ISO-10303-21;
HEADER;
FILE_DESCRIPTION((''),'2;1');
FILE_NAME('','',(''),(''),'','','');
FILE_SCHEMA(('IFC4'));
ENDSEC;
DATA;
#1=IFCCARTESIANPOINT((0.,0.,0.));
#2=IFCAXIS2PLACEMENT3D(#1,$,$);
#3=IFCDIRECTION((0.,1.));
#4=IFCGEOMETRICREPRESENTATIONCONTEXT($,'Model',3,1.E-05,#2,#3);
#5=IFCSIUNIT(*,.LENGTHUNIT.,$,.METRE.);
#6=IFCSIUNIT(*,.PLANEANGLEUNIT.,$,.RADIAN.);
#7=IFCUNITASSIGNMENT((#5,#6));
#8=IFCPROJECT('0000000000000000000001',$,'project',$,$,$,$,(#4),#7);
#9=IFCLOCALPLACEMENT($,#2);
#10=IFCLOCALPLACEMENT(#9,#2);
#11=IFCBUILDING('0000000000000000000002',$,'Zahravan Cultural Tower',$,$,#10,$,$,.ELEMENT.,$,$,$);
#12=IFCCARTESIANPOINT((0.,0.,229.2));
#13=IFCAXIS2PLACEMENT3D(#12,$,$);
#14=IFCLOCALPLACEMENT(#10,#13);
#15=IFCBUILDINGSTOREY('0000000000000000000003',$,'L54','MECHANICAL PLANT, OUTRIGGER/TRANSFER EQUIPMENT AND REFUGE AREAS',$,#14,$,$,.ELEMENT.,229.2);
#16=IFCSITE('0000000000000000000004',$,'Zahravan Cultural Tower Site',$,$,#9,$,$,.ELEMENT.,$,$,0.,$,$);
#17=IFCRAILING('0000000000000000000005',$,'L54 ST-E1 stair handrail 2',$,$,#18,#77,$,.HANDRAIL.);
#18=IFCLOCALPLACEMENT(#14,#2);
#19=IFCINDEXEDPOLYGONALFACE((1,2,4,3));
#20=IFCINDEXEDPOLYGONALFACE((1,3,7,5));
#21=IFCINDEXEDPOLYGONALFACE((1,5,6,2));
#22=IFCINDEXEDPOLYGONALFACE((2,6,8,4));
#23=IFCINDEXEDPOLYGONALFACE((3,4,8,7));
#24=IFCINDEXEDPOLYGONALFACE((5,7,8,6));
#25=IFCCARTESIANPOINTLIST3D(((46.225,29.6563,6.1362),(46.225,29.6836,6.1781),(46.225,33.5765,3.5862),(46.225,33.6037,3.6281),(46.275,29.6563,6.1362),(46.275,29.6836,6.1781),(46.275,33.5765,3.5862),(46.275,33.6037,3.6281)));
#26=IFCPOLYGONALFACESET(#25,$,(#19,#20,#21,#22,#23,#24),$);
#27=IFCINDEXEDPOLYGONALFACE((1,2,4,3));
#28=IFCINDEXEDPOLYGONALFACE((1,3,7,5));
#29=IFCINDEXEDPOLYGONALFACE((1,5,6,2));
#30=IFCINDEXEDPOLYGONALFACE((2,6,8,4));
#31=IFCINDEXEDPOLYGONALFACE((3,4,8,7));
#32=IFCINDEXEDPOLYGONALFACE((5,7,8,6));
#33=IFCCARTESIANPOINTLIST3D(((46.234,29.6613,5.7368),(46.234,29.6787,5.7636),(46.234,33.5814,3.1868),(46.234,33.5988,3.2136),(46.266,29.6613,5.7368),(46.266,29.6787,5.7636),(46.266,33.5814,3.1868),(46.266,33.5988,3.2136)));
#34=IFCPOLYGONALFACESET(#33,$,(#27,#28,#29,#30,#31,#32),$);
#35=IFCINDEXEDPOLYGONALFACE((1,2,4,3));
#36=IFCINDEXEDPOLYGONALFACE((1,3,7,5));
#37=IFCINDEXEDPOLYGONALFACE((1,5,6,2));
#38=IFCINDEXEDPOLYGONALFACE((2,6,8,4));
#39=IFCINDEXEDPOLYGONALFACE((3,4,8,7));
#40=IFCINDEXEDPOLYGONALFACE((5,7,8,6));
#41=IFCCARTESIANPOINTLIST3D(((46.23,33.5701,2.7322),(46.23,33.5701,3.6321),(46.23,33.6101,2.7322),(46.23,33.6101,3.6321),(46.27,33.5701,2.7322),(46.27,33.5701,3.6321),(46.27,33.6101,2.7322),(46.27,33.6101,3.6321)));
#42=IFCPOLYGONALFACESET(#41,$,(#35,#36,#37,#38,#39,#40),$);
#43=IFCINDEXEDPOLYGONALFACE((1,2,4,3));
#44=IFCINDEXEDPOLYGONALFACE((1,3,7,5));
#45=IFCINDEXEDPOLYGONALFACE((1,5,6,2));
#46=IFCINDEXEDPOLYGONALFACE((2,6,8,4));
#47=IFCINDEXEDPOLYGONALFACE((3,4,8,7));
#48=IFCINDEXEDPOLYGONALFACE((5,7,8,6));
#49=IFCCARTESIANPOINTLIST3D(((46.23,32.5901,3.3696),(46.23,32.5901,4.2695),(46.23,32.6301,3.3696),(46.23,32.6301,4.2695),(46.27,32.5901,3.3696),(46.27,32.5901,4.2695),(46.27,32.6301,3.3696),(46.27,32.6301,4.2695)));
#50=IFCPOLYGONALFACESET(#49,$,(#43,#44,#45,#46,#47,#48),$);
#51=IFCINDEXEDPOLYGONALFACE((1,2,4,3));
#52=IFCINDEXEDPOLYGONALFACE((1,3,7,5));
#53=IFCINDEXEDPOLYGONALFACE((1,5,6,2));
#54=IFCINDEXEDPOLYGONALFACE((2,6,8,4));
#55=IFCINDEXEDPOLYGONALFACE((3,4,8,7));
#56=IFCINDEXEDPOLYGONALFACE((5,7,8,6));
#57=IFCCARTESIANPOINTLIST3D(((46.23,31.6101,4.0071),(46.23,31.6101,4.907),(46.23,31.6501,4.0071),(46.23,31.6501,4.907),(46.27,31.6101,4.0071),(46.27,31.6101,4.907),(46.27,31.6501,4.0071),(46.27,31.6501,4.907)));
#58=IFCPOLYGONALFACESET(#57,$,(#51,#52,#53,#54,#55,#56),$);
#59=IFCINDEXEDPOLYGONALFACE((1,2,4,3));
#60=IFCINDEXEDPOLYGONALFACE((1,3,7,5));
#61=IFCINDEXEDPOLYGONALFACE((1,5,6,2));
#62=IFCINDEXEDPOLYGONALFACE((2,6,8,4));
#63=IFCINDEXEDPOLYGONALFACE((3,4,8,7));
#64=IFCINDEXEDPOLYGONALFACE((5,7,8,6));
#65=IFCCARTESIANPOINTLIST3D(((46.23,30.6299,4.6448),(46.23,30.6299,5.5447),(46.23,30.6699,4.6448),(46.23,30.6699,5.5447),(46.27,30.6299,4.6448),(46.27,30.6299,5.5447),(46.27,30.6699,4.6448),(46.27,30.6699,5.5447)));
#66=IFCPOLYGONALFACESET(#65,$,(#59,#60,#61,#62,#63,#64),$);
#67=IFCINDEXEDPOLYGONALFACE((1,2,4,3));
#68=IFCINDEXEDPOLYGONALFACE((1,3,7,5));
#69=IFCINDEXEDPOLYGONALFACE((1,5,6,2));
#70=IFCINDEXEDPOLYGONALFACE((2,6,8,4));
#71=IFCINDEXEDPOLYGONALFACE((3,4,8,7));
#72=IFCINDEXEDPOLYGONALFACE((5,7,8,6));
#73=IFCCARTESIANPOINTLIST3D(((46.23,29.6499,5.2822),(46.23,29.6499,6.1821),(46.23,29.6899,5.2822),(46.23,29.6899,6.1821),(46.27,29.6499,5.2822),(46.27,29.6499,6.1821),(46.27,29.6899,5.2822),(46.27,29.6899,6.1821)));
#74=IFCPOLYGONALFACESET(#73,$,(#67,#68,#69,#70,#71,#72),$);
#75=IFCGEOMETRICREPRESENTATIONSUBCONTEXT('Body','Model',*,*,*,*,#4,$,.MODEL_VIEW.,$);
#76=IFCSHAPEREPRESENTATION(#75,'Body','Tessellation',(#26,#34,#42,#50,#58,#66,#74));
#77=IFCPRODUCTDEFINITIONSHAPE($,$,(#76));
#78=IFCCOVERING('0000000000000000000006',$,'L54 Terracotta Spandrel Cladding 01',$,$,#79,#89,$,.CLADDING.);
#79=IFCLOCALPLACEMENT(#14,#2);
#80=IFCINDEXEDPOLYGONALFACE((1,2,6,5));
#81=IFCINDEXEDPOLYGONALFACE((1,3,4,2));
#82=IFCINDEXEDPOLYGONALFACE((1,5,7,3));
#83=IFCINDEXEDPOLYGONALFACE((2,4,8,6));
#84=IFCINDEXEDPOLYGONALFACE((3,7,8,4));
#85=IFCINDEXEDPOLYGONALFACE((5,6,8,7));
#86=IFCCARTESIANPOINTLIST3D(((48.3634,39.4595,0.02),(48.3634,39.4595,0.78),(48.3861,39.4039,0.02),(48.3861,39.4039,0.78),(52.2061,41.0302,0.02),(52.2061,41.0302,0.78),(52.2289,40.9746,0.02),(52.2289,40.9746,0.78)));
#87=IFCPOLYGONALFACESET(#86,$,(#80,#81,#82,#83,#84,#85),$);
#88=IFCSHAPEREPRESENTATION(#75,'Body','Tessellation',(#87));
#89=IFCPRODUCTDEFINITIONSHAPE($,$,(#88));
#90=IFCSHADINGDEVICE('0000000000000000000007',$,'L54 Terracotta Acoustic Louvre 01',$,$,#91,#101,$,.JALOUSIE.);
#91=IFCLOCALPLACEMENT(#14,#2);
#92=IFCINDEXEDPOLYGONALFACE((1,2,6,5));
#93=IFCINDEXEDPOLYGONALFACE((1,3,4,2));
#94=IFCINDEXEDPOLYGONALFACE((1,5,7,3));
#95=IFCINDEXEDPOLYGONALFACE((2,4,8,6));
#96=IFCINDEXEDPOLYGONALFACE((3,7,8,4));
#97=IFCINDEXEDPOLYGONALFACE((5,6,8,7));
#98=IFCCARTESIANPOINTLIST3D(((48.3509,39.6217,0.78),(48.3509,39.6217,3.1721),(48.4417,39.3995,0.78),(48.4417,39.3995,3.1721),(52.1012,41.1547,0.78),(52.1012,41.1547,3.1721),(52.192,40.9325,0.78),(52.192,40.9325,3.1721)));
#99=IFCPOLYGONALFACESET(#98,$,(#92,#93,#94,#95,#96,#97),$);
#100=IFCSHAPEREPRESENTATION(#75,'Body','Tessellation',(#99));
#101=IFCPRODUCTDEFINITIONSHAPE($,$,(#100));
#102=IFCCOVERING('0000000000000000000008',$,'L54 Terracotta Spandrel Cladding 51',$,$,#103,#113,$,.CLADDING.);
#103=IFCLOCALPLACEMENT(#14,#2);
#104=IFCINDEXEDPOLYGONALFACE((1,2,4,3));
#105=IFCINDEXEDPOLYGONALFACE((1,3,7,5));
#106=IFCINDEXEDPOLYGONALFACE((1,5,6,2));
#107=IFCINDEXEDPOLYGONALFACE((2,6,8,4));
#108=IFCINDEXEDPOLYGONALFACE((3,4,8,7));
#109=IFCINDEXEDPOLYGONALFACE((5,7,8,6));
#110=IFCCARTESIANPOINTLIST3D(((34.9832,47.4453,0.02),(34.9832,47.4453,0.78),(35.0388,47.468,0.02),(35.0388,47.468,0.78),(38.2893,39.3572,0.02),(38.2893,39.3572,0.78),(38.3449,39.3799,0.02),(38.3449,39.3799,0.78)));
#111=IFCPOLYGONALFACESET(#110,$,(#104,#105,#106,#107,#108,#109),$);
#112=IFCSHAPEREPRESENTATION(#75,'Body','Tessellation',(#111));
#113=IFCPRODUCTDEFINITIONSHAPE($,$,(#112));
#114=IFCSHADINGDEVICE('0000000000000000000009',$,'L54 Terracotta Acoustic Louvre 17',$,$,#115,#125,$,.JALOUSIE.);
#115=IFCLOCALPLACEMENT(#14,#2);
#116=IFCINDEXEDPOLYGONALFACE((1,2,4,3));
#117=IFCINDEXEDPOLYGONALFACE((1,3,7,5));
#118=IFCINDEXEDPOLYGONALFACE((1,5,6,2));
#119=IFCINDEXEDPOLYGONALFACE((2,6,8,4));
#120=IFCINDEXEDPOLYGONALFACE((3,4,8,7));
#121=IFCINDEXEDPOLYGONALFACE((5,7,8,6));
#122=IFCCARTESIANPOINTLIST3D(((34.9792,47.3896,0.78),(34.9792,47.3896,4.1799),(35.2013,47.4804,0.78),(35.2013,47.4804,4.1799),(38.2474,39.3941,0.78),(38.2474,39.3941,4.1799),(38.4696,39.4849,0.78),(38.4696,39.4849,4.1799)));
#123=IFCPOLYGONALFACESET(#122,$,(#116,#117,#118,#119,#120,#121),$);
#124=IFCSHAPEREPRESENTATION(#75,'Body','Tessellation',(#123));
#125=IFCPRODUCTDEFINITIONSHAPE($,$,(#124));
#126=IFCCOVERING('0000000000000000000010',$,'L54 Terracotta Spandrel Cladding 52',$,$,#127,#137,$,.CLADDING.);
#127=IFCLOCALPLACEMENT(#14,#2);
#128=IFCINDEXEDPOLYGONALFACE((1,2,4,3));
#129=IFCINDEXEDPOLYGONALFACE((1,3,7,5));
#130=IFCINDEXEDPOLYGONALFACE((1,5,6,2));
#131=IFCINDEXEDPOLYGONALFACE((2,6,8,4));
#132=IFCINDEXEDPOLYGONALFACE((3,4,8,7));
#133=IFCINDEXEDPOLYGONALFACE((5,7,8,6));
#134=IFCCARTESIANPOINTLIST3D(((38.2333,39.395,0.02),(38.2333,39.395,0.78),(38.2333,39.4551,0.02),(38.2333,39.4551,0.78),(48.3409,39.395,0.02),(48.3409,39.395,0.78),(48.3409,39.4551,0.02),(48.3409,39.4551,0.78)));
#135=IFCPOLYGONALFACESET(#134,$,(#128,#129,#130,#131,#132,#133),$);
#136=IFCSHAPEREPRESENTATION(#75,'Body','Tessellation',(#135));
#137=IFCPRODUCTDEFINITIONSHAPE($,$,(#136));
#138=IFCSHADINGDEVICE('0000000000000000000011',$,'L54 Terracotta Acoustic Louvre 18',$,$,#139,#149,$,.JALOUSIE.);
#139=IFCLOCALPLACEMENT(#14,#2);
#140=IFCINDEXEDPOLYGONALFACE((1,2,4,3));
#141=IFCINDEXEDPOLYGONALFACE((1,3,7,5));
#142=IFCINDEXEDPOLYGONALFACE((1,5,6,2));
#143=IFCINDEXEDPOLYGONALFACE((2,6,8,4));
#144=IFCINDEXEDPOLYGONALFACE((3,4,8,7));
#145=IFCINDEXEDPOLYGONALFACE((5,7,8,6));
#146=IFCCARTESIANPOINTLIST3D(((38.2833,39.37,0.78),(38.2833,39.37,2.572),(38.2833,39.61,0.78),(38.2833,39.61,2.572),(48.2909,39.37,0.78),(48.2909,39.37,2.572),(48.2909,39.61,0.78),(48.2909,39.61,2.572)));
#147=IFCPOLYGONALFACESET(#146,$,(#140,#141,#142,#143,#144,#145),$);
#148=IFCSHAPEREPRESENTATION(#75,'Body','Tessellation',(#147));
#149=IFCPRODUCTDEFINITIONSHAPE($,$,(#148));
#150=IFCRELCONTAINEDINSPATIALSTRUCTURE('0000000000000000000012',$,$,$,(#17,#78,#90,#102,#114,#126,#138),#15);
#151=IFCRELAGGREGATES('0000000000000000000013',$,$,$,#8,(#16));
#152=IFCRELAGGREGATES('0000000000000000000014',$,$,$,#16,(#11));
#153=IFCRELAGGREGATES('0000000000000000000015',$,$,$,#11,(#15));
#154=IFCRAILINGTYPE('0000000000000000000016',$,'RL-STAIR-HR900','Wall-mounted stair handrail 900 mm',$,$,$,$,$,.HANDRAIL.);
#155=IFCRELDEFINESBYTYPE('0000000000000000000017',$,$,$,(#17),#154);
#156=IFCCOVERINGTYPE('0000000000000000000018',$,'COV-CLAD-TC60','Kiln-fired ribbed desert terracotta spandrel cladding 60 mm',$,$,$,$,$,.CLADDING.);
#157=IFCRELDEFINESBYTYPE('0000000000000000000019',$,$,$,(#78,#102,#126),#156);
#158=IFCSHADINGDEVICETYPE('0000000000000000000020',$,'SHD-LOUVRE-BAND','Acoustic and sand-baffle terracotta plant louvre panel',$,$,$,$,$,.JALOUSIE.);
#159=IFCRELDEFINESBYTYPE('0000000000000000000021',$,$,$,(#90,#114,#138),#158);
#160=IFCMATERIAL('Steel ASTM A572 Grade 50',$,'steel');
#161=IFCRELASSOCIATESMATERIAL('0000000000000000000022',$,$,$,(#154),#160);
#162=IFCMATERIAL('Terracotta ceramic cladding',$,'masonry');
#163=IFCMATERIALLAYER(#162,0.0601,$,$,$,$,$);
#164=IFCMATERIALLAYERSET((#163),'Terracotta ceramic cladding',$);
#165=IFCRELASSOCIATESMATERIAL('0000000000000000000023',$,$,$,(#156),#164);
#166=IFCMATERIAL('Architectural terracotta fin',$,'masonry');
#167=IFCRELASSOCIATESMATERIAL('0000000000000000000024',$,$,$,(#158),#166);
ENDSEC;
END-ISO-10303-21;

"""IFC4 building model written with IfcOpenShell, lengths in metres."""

from ifc_helpers import new_model, si_unit, direction, frame, origin, origin_2d, place, context, subcontext, project, spatial, rectangle, extrude, source, transform, mapped, material, layer, layer_set, type_object, element, save


model = new_model("IFC4")

# Units and contexts
model_context = context("Model", 3, precision=1e-05, world=origin(), true_north=direction((0.0, 1.0)))
body_context = subcontext(model_context, "Body", "Model", "MODEL_VIEW")
ifc_project = project(units=[si_unit("LENGTHUNIT", "METRE"), si_unit("PLANEANGLEUNIT", "RADIAN")], contexts=[model_context])

# Site, building, storey
site_placement = place(None, origin())
site = spatial("IfcSite", under=ifc_project, at=site_placement, Name="Zahravan Cultural Tower Site", CompositionType="ELEMENT", RefElevation=0.0)
building_placement = place(site_placement, origin())
building = spatial("IfcBuilding", under=site, at=building_placement, Name="Zahravan Cultural Tower", CompositionType="ELEMENT")
storey_placement = place(building_placement, frame((0.0, 0.0, 229.2)))
storey = spatial("IfcBuildingStorey", under=building, at=storey_placement, Name="L54", Description="MECHANICAL PLANT, OUTRIGGER/TRANSFER EQUIPMENT AND REFUGE AREAS", CompositionType="ELEMENT", Elevation=229.2)

# Shared definitions
ifc_material_1 = material(Name="Steel ASTM A572 Grade 50", Category="steel")

# Railing
railing_type_1 = type_object("IfcRailingType", Name="RL-STAIR-HR900", Description="Wall-mounted stair handrail 900 mm", PredefinedType="HANDRAIL", material=ifc_material_1)
railing_1_placement = place(storey_placement, frame((46.25, 33.5901, 2.7322)))
element("IfcRailing", 1, at=railing_1_placement, inside=storey, type_object=railing_type_1, Name="L54 ST-E1 stair handrail 2", PredefinedType="HANDRAIL", context=body_context, shape_type="SweptSolid", body=[
    extrude(rectangle(XDim=0.05, YDim=0.05, at=origin_2d()), frame((0.0, 0.0, 0.875), z_axis=(0.0, -0.838254, 0.54528), x_axis=(1.0, 0.0, 0.0)), (0.0, 0.0, 1.0), 4.6765),
    extrude(rectangle(XDim=0.032, YDim=0.032, at=origin_2d()), frame((0.0, 0.0, 0.468), z_axis=(0.0, -0.838254, 0.54528), x_axis=(1.0, 0.0, 0.0)), (0.0, 0.0, 1.0), 4.6765),
    extrude(rectangle(XDim=0.04, YDim=0.04, at=origin_2d()), origin(), (0.0, 0.0, 1.0), 0.8999),
    extrude(rectangle(XDim=0.04, YDim=0.04, at=origin_2d()), frame((0.0, -0.98, 0.6375)), (0.0, 0.0, 1.0), 0.8999),
    extrude(rectangle(XDim=0.04, YDim=0.04, at=origin_2d()), frame((0.0, -1.96, 1.2749)), (0.0, 0.0, 1.0), 0.8999),
    extrude(rectangle(XDim=0.04, YDim=0.04, at=origin_2d()), frame((0.0, -2.9402, 1.9126)), (0.0, 0.0, 1.0), 0.8999),
    extrude(rectangle(XDim=0.04, YDim=0.04, at=origin_2d()), frame((0.0, -3.9202, 2.55)), (0.0, 0.0, 1.0), 0.8999),
])

# Covering
ifc_material_2 = material(Name="Terracotta ceramic cladding", Category="masonry")
ifc_layer_1 = layer(ifc_material_2, 0.0601)
ifc_layer_set_1 = layer_set([ifc_layer_1], Name="Terracotta ceramic cladding")
covering_type = type_object("IfcCoveringType", Name="COV-CLAD-TC60", Description="Kiln-fired ribbed desert terracotta spandrel cladding 60 mm", PredefinedType="CLADDING", material=ifc_layer_set_1)
shared_shape_1 = source(origin(), body_context, "Body", "SweptSolid", [
    extrude(rectangle(XDim=4.1514, YDim=0.0601, at=origin_2d()), origin(), (0.0, 0.0, 1.0), 0.76),
])
covering_1_placement = place(storey_placement, frame((50.2961, 40.217, 0.02), z_axis=(0.0, 0.0, 1.0), x_axis=(0.925653, 0.378374, 0.0)))
element("IfcCovering", 2, at=covering_1_placement, inside=storey, type_object=covering_type, Name="L54 Terracotta Spandrel Cladding 01", PredefinedType="CLADDING", context=body_context, shape_type="MappedRepresentation", body=[
    mapped(shared_shape_1, transform((0.0, 0.0, 0.0), x_axis=(1.0, 0.0, 0.0), y_axis=(0.0, 1.0, 0.0), z_axis=(0.0, 0.0, 1.0), scale=1.0)),
])

# Shading device
ifc_material_3 = material(Name="Architectural terracotta fin", Category="masonry")
shading_device_type = type_object("IfcShadingDeviceType", Name="SHD-LOUVRE-BAND", Description="Acoustic and sand-baffle terracotta plant louvre panel", PredefinedType="JALOUSIE", material=ifc_material_3)
shared_shape_2 = source(origin(), body_context, "Body", "SweptSolid", [
    extrude(rectangle(XDim=4.0515, YDim=0.24, at=origin_2d()), origin(), (0.0, 0.0, 1.0), 2.3921),
])
shading_device_1_placement = place(storey_placement, frame((50.2715, 40.2771, 0.78), z_axis=(0.0, 0.0, 1.0), x_axis=(0.925653, 0.378374, 0.0)))
element("IfcShadingDevice", 3, at=shading_device_1_placement, inside=storey, type_object=shading_device_type, Name="L54 Terracotta Acoustic Louvre 01", PredefinedType="JALOUSIE", context=body_context, shape_type="MappedRepresentation", body=[
    mapped(shared_shape_2, transform((0.0, 0.0, 0.0), x_axis=(1.0, 0.0, 0.0), y_axis=(0.0, 1.0, 0.0), z_axis=(0.0, 0.0, 1.0), scale=1.0)),
])

# Covering
shared_shape_3 = source(origin(), body_context, "Body", "SweptSolid", [
    extrude(rectangle(XDim=8.7378, YDim=0.0601, at=origin_2d()), origin(), (0.0, 0.0, 1.0), 0.76),
])
covering_2_placement = place(storey_placement, frame((36.6641, 43.4126, 0.02), z_axis=(0.0, 0.0, 1.0), x_axis=(0.378374, -0.925653, 0.0)))
element("IfcCovering", 4, at=covering_2_placement, inside=storey, type_object=covering_type, Name="L54 Terracotta Spandrel Cladding 51", PredefinedType="CLADDING", context=body_context, shape_type="MappedRepresentation", body=[
    mapped(shared_shape_3, transform((0.0, 0.0, 0.0), x_axis=(1.0, 0.0, 0.0), y_axis=(0.0, 1.0, 0.0), z_axis=(0.0, 0.0, 1.0), scale=1.0)),
])

# Shading device
shared_shape_4 = source(origin(), body_context, "Body", "SweptSolid", [
    extrude(rectangle(XDim=8.6377, YDim=0.24, at=origin_2d()), origin(), (0.0, 0.0, 1.0), 3.3999),
])
shading_device_2_placement = place(storey_placement, frame((36.7244, 43.4373, 0.78), z_axis=(0.0, 0.0, 1.0), x_axis=(0.378374, -0.925653, 0.0)))
element("IfcShadingDevice", 5, at=shading_device_2_placement, inside=storey, type_object=shading_device_type, Name="L54 Terracotta Acoustic Louvre 17", PredefinedType="JALOUSIE", context=body_context, shape_type="MappedRepresentation", body=[
    mapped(shared_shape_4, transform((0.0, 0.0, 0.0), x_axis=(1.0, 0.0, 0.0), y_axis=(0.0, 1.0, 0.0), z_axis=(0.0, 0.0, 1.0), scale=1.0)),
])

# Covering
shared_shape_5 = source(origin(), body_context, "Body", "SweptSolid", [
    extrude(rectangle(XDim=10.1077, YDim=0.0601, at=origin_2d()), origin(), (0.0, 0.0, 1.0), 0.76),
])
covering_3_placement = place(storey_placement, frame((43.2871, 39.425, 0.02), z_axis=(0.0, 0.0, 1.0), x_axis=(1.0, 0.0, 0.0)))
element("IfcCovering", 6, at=covering_3_placement, inside=storey, type_object=covering_type, Name="L54 Terracotta Spandrel Cladding 52", PredefinedType="CLADDING", context=body_context, shape_type="MappedRepresentation", body=[
    mapped(shared_shape_5, transform((0.0, 0.0, 0.0), x_axis=(1.0, 0.0, 0.0), y_axis=(0.0, 1.0, 0.0), z_axis=(0.0, 0.0, 1.0), scale=1.0)),
])

# Shading device
shared_shape_6 = source(origin(), body_context, "Body", "SweptSolid", [
    extrude(rectangle(XDim=10.0076, YDim=0.24, at=origin_2d()), origin(), (0.0, 0.0, 1.0), 1.792),
])
shading_device_3_placement = place(storey_placement, frame((43.2871, 39.49, 0.78), z_axis=(0.0, 0.0, 1.0), x_axis=(1.0, 0.0, 0.0)))
element("IfcShadingDevice", 7, at=shading_device_3_placement, inside=storey, type_object=shading_device_type, Name="L54 Terracotta Acoustic Louvre 18", PredefinedType="JALOUSIE", context=body_context, shape_type="MappedRepresentation", body=[
    mapped(shared_shape_6, transform((0.0, 0.0, 0.0), x_axis=(1.0, 0.0, 0.0), y_axis=(0.0, 1.0, 0.0), z_axis=(0.0, 0.0, 1.0), scale=1.0)),
])

save(model, "model.ifc")
